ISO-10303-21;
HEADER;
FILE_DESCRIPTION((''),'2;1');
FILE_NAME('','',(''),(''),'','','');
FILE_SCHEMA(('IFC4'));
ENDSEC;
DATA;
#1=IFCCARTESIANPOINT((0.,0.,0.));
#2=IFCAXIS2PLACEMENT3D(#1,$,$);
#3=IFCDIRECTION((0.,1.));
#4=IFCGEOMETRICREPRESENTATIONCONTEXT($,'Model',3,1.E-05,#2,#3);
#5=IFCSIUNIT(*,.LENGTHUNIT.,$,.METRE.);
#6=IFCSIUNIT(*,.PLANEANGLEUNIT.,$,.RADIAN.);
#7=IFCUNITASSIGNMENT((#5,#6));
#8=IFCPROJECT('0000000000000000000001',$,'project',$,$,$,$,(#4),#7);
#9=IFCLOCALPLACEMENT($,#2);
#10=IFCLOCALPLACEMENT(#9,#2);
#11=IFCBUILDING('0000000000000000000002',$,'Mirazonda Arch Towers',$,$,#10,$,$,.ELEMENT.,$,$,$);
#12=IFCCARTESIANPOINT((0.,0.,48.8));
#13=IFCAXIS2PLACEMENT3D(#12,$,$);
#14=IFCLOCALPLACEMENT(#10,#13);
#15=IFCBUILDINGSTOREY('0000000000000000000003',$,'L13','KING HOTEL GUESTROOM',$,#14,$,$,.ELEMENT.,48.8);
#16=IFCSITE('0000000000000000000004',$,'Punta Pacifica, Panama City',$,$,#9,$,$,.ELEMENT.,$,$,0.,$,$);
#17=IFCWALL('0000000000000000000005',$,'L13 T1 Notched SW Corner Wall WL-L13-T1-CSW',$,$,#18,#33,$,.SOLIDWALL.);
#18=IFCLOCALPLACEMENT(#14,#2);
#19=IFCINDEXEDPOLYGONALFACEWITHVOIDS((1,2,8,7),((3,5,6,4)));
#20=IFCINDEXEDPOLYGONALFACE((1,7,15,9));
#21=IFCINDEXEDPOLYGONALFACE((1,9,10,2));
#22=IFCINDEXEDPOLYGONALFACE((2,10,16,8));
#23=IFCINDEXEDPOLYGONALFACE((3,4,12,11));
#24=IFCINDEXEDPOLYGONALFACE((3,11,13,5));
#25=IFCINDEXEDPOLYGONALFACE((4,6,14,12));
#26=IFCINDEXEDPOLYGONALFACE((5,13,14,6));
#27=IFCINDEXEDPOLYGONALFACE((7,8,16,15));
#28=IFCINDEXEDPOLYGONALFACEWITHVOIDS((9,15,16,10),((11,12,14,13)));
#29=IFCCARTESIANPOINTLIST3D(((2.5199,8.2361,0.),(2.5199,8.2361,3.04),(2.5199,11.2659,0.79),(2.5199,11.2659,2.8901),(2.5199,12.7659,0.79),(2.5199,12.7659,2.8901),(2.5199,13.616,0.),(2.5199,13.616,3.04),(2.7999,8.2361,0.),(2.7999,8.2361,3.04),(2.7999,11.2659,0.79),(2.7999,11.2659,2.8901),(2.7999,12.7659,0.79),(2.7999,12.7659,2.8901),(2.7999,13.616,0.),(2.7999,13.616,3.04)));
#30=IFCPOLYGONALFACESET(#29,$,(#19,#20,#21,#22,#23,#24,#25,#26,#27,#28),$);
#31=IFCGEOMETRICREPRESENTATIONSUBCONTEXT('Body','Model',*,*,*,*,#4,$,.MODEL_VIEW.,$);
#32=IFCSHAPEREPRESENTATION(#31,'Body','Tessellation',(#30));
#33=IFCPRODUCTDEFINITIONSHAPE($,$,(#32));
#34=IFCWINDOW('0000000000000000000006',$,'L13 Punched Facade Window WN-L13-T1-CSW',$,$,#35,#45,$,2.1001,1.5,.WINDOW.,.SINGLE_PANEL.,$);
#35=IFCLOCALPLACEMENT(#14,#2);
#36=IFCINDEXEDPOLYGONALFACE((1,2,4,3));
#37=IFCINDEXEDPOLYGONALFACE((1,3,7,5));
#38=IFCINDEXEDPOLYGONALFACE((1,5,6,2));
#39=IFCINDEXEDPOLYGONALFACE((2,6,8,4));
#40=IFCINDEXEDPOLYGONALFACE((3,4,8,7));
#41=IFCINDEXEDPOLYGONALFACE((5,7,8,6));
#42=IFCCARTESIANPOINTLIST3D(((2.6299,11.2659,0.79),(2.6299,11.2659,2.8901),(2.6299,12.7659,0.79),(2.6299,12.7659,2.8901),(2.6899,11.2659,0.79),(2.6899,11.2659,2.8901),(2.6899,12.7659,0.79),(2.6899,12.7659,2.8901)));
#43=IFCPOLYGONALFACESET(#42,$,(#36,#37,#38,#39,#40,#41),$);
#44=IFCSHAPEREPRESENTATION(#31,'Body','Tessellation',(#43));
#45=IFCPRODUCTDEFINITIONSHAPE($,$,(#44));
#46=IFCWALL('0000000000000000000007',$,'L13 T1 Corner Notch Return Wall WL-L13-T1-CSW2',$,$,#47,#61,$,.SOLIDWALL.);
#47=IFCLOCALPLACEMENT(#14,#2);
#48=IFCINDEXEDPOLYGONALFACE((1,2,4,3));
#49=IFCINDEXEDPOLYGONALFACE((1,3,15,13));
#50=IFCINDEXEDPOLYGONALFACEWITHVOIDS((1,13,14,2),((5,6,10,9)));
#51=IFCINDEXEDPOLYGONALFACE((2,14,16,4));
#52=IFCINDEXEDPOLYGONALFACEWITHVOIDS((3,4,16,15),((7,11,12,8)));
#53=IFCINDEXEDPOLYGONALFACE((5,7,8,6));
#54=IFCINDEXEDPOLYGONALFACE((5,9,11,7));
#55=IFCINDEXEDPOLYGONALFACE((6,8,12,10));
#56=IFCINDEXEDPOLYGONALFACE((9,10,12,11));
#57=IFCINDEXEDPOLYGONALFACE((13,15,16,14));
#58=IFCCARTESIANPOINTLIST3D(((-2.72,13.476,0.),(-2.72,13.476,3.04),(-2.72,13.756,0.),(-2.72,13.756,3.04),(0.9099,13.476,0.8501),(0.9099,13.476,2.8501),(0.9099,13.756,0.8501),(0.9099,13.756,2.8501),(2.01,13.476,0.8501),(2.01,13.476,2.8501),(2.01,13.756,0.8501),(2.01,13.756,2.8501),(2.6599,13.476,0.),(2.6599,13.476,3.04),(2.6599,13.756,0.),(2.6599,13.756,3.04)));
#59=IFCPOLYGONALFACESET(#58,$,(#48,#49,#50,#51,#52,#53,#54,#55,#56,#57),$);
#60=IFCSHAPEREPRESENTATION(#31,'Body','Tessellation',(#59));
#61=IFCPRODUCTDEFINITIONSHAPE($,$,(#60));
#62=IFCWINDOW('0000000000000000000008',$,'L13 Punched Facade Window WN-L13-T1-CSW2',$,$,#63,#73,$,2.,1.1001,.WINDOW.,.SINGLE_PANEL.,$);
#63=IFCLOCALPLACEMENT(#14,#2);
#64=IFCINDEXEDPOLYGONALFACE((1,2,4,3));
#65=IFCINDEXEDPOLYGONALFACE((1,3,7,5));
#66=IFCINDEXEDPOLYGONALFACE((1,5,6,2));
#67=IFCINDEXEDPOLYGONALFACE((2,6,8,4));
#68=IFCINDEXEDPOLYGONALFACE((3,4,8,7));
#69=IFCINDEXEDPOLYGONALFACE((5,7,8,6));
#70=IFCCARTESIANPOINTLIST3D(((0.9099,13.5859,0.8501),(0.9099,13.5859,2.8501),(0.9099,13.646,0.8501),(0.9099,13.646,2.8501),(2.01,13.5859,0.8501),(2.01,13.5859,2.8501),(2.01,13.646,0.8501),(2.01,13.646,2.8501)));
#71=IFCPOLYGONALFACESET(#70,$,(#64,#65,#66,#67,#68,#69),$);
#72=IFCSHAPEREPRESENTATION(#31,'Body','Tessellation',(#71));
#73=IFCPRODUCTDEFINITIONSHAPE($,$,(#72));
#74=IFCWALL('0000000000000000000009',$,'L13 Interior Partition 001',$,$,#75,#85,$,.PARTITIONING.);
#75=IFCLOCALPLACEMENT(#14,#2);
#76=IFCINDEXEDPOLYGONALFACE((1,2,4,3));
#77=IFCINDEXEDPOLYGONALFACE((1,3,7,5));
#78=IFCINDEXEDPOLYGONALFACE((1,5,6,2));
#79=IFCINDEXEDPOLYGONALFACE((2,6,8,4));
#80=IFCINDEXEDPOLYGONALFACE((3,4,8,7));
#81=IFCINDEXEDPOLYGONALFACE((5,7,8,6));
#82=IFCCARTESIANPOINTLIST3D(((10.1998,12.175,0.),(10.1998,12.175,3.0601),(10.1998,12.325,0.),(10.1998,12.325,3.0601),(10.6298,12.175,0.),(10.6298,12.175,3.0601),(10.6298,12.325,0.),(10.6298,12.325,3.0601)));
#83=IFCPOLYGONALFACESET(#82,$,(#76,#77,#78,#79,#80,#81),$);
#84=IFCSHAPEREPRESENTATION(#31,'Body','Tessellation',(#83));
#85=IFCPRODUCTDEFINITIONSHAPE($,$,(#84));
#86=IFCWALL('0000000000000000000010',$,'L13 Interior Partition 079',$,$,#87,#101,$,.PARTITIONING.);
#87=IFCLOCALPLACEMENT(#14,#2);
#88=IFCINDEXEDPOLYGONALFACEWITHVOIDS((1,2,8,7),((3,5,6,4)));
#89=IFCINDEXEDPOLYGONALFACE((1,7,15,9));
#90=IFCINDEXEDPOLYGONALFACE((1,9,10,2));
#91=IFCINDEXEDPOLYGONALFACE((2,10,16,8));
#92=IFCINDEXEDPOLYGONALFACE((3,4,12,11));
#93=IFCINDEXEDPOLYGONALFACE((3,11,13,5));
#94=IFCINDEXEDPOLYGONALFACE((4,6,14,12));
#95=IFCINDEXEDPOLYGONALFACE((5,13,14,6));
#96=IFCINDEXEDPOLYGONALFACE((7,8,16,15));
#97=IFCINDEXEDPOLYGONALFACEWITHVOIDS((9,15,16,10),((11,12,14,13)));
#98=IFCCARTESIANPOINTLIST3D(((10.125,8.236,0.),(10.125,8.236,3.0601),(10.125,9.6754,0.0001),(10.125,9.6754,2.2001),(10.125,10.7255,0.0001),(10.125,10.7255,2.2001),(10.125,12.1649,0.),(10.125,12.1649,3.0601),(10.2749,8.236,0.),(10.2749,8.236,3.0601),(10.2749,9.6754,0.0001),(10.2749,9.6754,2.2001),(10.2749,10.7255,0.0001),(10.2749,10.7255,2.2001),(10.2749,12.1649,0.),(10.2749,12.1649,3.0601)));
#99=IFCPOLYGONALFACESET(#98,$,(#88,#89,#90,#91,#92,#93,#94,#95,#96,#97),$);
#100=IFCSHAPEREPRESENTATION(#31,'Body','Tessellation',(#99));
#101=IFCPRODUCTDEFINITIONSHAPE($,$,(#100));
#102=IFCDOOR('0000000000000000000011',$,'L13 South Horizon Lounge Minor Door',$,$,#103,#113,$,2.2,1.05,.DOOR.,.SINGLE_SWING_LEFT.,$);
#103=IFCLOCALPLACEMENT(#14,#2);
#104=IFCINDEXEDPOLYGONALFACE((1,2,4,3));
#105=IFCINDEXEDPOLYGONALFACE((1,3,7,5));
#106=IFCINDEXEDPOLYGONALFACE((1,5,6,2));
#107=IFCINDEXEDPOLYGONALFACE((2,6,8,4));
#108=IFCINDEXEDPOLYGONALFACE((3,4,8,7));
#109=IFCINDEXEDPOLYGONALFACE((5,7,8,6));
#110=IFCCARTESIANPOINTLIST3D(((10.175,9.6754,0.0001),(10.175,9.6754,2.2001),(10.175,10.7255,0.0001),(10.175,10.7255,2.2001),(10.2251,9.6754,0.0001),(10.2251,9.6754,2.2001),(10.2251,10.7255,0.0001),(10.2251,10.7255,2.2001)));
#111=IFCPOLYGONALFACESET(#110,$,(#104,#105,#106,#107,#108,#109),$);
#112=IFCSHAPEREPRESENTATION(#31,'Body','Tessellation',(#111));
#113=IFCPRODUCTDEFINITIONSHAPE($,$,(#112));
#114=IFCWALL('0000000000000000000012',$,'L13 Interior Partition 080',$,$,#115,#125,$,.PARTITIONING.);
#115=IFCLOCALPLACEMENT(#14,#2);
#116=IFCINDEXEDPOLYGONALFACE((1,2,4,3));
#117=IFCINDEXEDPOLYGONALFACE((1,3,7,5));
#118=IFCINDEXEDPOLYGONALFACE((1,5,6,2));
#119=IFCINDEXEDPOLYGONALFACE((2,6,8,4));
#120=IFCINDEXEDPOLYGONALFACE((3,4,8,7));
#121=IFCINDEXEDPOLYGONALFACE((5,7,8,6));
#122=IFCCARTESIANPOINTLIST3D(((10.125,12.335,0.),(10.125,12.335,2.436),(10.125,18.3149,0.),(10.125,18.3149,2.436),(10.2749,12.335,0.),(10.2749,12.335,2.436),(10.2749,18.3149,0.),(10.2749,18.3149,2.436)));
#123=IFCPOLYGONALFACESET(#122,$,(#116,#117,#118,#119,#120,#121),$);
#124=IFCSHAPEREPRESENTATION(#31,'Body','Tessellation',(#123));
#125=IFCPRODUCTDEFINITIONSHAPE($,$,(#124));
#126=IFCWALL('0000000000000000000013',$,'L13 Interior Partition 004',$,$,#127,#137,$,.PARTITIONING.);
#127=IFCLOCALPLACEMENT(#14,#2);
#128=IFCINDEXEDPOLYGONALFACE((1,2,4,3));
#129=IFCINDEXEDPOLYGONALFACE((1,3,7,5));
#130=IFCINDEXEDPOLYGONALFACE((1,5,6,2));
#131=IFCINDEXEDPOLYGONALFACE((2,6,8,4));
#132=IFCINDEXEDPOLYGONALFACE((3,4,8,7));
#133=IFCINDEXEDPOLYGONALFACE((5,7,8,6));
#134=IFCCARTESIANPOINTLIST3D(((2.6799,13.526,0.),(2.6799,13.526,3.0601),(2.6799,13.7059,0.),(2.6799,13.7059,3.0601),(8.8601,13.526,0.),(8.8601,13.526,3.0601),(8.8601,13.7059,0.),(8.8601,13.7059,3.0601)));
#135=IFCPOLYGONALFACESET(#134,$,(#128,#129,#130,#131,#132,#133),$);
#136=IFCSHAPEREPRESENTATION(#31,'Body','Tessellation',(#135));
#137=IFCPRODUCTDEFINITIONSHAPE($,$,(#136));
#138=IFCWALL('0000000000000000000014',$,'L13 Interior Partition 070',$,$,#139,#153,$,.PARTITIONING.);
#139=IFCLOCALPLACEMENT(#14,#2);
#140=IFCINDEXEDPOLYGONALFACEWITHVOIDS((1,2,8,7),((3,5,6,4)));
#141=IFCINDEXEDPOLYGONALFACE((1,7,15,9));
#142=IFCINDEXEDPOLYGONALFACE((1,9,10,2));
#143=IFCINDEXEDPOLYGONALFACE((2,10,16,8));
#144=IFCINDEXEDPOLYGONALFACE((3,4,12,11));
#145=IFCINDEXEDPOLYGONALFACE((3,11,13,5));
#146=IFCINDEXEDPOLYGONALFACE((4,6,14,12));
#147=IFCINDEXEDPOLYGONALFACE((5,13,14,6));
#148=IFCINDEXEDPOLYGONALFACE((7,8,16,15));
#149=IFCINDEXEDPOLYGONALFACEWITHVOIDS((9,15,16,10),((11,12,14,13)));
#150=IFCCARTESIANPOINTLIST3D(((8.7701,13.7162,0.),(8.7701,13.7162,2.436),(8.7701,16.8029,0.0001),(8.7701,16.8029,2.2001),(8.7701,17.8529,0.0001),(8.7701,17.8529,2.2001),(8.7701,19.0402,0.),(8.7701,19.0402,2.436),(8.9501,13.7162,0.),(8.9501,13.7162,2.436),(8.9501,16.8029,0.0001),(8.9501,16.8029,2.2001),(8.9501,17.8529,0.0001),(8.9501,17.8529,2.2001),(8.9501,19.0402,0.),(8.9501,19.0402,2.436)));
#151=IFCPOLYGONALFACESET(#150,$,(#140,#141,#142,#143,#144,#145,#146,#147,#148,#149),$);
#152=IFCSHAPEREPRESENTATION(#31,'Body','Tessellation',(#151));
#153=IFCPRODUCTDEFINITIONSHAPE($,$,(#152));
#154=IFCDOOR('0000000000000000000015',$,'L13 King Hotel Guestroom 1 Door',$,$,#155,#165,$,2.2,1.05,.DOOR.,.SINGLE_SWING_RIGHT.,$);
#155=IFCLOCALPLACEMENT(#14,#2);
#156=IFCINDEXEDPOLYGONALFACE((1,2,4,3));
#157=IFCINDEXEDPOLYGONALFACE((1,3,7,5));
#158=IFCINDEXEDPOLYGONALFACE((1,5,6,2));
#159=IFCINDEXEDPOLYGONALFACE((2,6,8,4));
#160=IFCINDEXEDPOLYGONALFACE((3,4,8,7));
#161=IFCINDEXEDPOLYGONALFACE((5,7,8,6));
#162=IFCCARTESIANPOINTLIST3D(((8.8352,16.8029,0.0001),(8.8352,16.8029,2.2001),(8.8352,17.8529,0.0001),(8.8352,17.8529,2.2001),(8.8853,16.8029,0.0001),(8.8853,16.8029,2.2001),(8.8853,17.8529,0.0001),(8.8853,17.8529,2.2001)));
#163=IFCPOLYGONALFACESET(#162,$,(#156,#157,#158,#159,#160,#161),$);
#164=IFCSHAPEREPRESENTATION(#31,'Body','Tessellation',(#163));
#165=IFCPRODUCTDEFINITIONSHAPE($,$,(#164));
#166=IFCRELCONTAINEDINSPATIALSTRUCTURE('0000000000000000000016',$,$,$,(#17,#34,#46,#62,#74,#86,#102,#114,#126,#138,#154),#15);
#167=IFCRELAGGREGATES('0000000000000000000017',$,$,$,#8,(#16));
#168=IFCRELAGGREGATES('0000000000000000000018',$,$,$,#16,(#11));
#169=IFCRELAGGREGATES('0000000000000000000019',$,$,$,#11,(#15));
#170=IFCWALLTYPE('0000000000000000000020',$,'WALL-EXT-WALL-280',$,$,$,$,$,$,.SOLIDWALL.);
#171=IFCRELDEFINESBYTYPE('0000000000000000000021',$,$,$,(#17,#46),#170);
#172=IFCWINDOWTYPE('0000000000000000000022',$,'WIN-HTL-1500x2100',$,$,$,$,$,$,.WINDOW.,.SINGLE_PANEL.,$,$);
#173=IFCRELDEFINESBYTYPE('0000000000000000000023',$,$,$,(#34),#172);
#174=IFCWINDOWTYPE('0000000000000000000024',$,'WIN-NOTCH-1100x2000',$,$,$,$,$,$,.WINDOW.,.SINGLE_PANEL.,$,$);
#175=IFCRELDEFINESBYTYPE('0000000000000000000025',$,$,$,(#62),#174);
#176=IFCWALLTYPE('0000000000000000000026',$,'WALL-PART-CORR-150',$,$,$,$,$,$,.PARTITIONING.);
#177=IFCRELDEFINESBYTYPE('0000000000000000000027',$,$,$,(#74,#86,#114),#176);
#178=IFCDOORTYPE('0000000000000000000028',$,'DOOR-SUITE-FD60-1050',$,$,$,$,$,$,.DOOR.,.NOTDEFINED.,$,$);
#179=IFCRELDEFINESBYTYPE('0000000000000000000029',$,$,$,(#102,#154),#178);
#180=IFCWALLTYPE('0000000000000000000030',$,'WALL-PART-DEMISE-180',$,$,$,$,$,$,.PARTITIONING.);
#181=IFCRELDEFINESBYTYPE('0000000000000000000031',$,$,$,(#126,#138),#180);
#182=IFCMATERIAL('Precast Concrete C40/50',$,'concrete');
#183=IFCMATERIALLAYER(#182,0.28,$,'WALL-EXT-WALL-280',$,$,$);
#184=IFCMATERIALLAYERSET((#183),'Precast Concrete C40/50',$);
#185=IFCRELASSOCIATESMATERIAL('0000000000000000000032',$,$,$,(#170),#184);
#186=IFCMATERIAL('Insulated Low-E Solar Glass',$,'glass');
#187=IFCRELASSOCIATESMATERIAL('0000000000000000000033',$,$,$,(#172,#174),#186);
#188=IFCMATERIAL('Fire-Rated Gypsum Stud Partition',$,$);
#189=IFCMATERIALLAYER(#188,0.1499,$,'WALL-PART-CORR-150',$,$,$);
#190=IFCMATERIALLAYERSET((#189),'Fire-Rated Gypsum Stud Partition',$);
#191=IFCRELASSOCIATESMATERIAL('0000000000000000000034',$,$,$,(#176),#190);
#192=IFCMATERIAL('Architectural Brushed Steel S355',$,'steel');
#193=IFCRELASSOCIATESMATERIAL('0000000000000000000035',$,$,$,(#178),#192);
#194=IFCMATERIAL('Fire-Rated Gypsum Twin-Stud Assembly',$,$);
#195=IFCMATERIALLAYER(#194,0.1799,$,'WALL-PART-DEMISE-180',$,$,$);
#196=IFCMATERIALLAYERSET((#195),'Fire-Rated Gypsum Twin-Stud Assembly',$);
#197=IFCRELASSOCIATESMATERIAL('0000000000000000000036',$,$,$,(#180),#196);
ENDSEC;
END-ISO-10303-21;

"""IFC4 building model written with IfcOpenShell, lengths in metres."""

from ifc_helpers import new_model, si_unit, direction, frame, frame_2d, origin, place, context, subcontext, project, spatial, rectangle, extrude, material, layer, layer_set, type_object, element, fill, save


model = new_model("IFC4")

# Units and contexts
model_context = context("Model", 3, precision=1e-05, world=origin(), true_north=direction((0.0, 1.0)))
body_context = subcontext(model_context, "Body", "Model", "MODEL_VIEW")
ifc_project = project(units=[si_unit("LENGTHUNIT", "METRE"), si_unit("PLANEANGLEUNIT", "RADIAN")], contexts=[model_context])

# Site, building, storey
site_placement = place(None, origin())
site = spatial("IfcSite", under=ifc_project, at=site_placement, Name="Punta Pacifica, Panama City", CompositionType="ELEMENT", RefElevation=0.0)
building_placement = place(site_placement, origin())
building = spatial("IfcBuilding", under=site, at=building_placement, Name="Mirazonda Arch Towers", CompositionType="ELEMENT")
storey_placement = place(building_placement, frame((0.0, 0.0, 48.8)))
storey = spatial("IfcBuildingStorey", under=building, at=storey_placement, Name="L13", Description="KING HOTEL GUESTROOM", CompositionType="ELEMENT", Elevation=48.8)

# Shared definitions
ifc_material_1 = material(Name="Insulated Low-E Solar Glass", Category="glass")

# Walls, openings, windows
ifc_material_2 = material(Name="Precast Concrete C40/50", Category="concrete")
ifc_layer_1 = layer(ifc_material_2, 0.28, Name="WALL-EXT-WALL-280")
ifc_layer_set_1 = layer_set([ifc_layer_1], Name="Precast Concrete C40/50")
wall_type_1 = type_object("IfcWallType", Name="WALL-EXT-WALL-280", PredefinedType="SOLIDWALL", material=ifc_layer_set_1)
wall_1_placement = place(storey_placement, frame((2.6599, 13.616, 0.0), z_axis=(0.0, 0.0, 1.0), x_axis=(0.0, -1.0, 0.0)))
wall_1 = element("IfcWall", 1, at=wall_1_placement, inside=storey, type_object=wall_type_1, Name="L13 T1 Notched SW Corner Wall WL-L13-T1-CSW", PredefinedType="SOLIDWALL", context=body_context, shape_type="SweptSolid", body=[
    extrude(rectangle(XDim=5.3799, YDim=0.28, at=frame_2d((2.6899, 0.0))), origin(), (0.0, 0.0, 1.0), 3.04),
])
opening_1_placement = place(wall_1_placement, frame((0.8501, 0.0, 0.79)))
opening_1 = element("IfcOpeningElement", 2, at=opening_1_placement, cuts=wall_1, PredefinedType="OPENING", context=body_context, shape_type="SweptSolid", body=[
    extrude(rectangle(XDim=1.5, YDim=2.1001, at=frame_2d((0.75, 1.05))), frame((0.0, 0.1499, 0.0), z_axis=(0.0, -1.0, 0.0), x_axis=(1.0, 0.0, 0.0)), (0.0, 0.0, 1.0), 0.3),
])
window_type_1 = type_object("IfcWindowType", Name="WIN-HTL-1500x2100", PartitioningType="SINGLE_PANEL", PredefinedType="WINDOW", material=ifc_material_1)
window_1_placement = place(opening_1_placement, origin())
window_1 = element("IfcWindow", 3, at=window_1_placement, inside=storey, type_object=window_type_1, Name="L13 Punched Facade Window WN-L13-T1-CSW", OverallHeight=2.1001, OverallWidth=1.5, PartitioningType="SINGLE_PANEL", PredefinedType="WINDOW", context=body_context, shape_type="SweptSolid", body=[
    extrude(rectangle(XDim=1.5, YDim=2.1001, at=frame_2d((0.75, 1.05))), frame((0.0, 0.03, 0.0), z_axis=(0.0, -1.0, 0.0), x_axis=(1.0, 0.0, 0.0)), (0.0, 0.0, 1.0), 0.0601),
])
fill(opening_1, window_1)
wall_2_placement = place(storey_placement, frame((-2.72, 13.616, 0.0), z_axis=(0.0, 0.0, 1.0), x_axis=(1.0, 0.0, 0.0)))
wall_2 = element("IfcWall", 4, at=wall_2_placement, inside=storey, type_object=wall_type_1, Name="L13 T1 Corner Notch Return Wall WL-L13-T1-CSW2", PredefinedType="SOLIDWALL", context=body_context, shape_type="SweptSolid", body=[
    extrude(rectangle(XDim=5.3799, YDim=0.28, at=frame_2d((2.6899, 0.0))), origin(), (0.0, 0.0, 1.0), 3.04),
])
opening_2_placement = place(wall_2_placement, frame((3.6299, 0.0, 0.8501)))
opening_2 = element("IfcOpeningElement", 5, at=opening_2_placement, cuts=wall_2, PredefinedType="OPENING", context=body_context, shape_type="SweptSolid", body=[
    extrude(rectangle(XDim=1.1001, YDim=2.0, at=frame_2d((0.55, 1.0))), frame((0.0, 0.1499, 0.0), z_axis=(0.0, -1.0, 0.0), x_axis=(1.0, 0.0, 0.0)), (0.0, 0.0, 1.0), 0.3),
])
window_type_2 = type_object("IfcWindowType", Name="WIN-NOTCH-1100x2000", PartitioningType="SINGLE_PANEL", PredefinedType="WINDOW", material=ifc_material_1)
window_2_placement = place(opening_2_placement, origin())
window_2 = element("IfcWindow", 6, at=window_2_placement, inside=storey, type_object=window_type_2, Name="L13 Punched Facade Window WN-L13-T1-CSW2", OverallHeight=2.0, OverallWidth=1.1001, PartitioningType="SINGLE_PANEL", PredefinedType="WINDOW", context=body_context, shape_type="SweptSolid", body=[
    extrude(rectangle(XDim=1.1001, YDim=2.0, at=frame_2d((0.55, 1.0))), frame((0.0, 0.03, 0.0), z_axis=(0.0, -1.0, 0.0), x_axis=(1.0, 0.0, 0.0)), (0.0, 0.0, 1.0), 0.0601),
])
fill(opening_2, window_2)

# Wall
ifc_material_3 = material(Name="Fire-Rated Gypsum Stud Partition")
ifc_layer_2 = layer(ifc_material_3, 0.1499, Name="WALL-PART-CORR-150")
ifc_layer_set_2 = layer_set([ifc_layer_2], Name="Fire-Rated Gypsum Stud Partition")
wall_type_2 = type_object("IfcWallType", Name="WALL-PART-CORR-150", PredefinedType="PARTITIONING", material=ifc_layer_set_2)
wall_3_placement = place(storey_placement, frame((10.2, 12.25, 0.0), z_axis=(0.0, 0.0, 1.0), x_axis=(1.0, 0.0, 0.0)))
element("IfcWall", 7, at=wall_3_placement, inside=storey, type_object=wall_type_2, Name="L13 Interior Partition 001", PredefinedType="PARTITIONING", context=body_context, shape_type="SweptSolid", body=[
    extrude(rectangle(XDim=0.4299, YDim=0.1499, at=frame_2d((0.2148, 0.0))), origin(), (0.0, 0.0, 1.0), 3.0601),
])

# Wall, opening, door
wall_4_placement = place(storey_placement, frame((10.2, 8.2361, 0.0), z_axis=(0.0, 0.0, 1.0), x_axis=(0.0, 1.0, 0.0)))
wall_4 = element("IfcWall", 8, at=wall_4_placement, inside=storey, type_object=wall_type_2, Name="L13 Interior Partition 079", PredefinedType="PARTITIONING", context=body_context, shape_type="SweptSolid", body=[
    extrude(rectangle(XDim=3.929, YDim=0.1499, at=frame_2d((1.9644, 0.0))), origin(), (0.0, 0.0, 1.0), 3.0601),
])
opening_3_placement = place(wall_4_placement, frame((1.4395, 0.0, 0.0)))
opening_3 = element("IfcOpeningElement", 9, at=opening_3_placement, cuts=wall_4, PredefinedType="OPENING", context=body_context, shape_type="SweptSolid", body=[
    extrude(rectangle(XDim=1.05, YDim=2.2, at=frame_2d((0.5249, 1.1001))), frame((0.0, 0.085, 0.0), z_axis=(0.0, -1.0, 0.0), x_axis=(1.0, 0.0, 0.0)), (0.0, 0.0, 1.0), 0.1699),
])
ifc_material_4 = material(Name="Architectural Brushed Steel S355", Category="steel")
door_type_1 = type_object("IfcDoorType", Name="DOOR-SUITE-FD60-1050", OperationType="NOTDEFINED", PredefinedType="DOOR", material=ifc_material_4)
door_1_placement = place(opening_3_placement, origin())
door_1 = element("IfcDoor", 10, at=door_1_placement, inside=storey, type_object=door_type_1, Name="L13 South Horizon Lounge Minor Door", OperationType="SINGLE_SWING_LEFT", OverallHeight=2.2, OverallWidth=1.05, PredefinedType="DOOR", context=body_context, shape_type="SweptSolid", body=[
    extrude(rectangle(XDim=1.05, YDim=2.2, at=frame_2d((0.5249, 1.1001))), frame((0.0, 0.0249, 0.0), z_axis=(0.0, -1.0, 0.0), x_axis=(1.0, 0.0, 0.0)), (0.0, 0.0, 1.0), 0.05),
])
fill(opening_3, door_1)

# Walls
wall_5_placement = place(storey_placement, frame((10.2, 12.335, 0.0), z_axis=(0.0, 0.0, 1.0), x_axis=(0.0, 1.0, 0.0)))
element("IfcWall", 11, at=wall_5_placement, inside=storey, type_object=wall_type_2, Name="L13 Interior Partition 080", PredefinedType="PARTITIONING", context=body_context, shape_type="SweptSolid", body=[
    extrude(rectangle(XDim=5.98, YDim=0.1499, at=frame_2d((2.99, 0.0))), origin(), (0.0, 0.0, 1.0), 2.436),
])
ifc_material_5 = material(Name="Fire-Rated Gypsum Twin-Stud Assembly")
ifc_layer_3 = layer(ifc_material_5, 0.1799, Name="WALL-PART-DEMISE-180")
ifc_layer_set_3 = layer_set([ifc_layer_3], Name="Fire-Rated Gypsum Twin-Stud Assembly")
wall_type_3 = type_object("IfcWallType", Name="WALL-PART-DEMISE-180", PredefinedType="PARTITIONING", material=ifc_layer_set_3)
wall_6_placement = place(storey_placement, frame((2.6799, 13.616, 0.0), z_axis=(0.0, 0.0, 1.0), x_axis=(1.0, 0.0, 0.0)))
element("IfcWall", 12, at=wall_6_placement, inside=storey, type_object=wall_type_3, Name="L13 Interior Partition 004", PredefinedType="PARTITIONING", context=body_context, shape_type="SweptSolid", body=[
    extrude(rectangle(XDim=6.1802, YDim=0.1799, at=frame_2d((3.0901, 0.0))), origin(), (0.0, 0.0, 1.0), 3.0601),
])

# Wall, opening, door
wall_7_placement = place(storey_placement, frame((8.8601, 13.7161, 0.0), z_axis=(0.0, 0.0, 1.0), x_axis=(0.0, 1.0, 0.0)))
wall_7 = element("IfcWall", 13, at=wall_7_placement, inside=storey, type_object=wall_type_3, Name="L13 Interior Partition 070", PredefinedType="PARTITIONING", context=body_context, shape_type="SweptSolid", body=[
    extrude(rectangle(XDim=5.324, YDim=0.1799, at=frame_2d((2.6621, 0.0))), origin(), (0.0, 0.0, 1.0), 2.436),
])
opening_4_placement = place(wall_7_placement, frame((3.0869, 0.0, 0.0)))
opening_4 = element("IfcOpeningElement", 14, at=opening_4_placement, cuts=wall_7, PredefinedType="OPENING", context=body_context, shape_type="SweptSolid", body=[
    extrude(rectangle(XDim=1.05, YDim=2.2, at=frame_2d((0.5249, 1.1001))), frame((0.0, 0.0999, 0.0), z_axis=(0.0, -1.0, 0.0), x_axis=(1.0, 0.0, 0.0)), (0.0, 0.0, 1.0), 0.2),
])
door_2_placement = place(opening_4_placement, origin())
door_2 = element("IfcDoor", 15, at=door_2_placement, inside=storey, type_object=door_type_1, Name="L13 King Hotel Guestroom 1 Door", OperationType="SINGLE_SWING_RIGHT", OverallHeight=2.2, OverallWidth=1.05, PredefinedType="DOOR", context=body_context, shape_type="SweptSolid", body=[
    extrude(rectangle(XDim=1.05, YDim=2.2, at=frame_2d((0.5249, 1.1001))), frame((0.0, 0.0249, 0.0), z_axis=(0.0, -1.0, 0.0), x_axis=(1.0, 0.0, 0.0)), (0.0, 0.0, 1.0), 0.05),
])
fill(opening_4, door_2)

save(model, "model.ifc")
